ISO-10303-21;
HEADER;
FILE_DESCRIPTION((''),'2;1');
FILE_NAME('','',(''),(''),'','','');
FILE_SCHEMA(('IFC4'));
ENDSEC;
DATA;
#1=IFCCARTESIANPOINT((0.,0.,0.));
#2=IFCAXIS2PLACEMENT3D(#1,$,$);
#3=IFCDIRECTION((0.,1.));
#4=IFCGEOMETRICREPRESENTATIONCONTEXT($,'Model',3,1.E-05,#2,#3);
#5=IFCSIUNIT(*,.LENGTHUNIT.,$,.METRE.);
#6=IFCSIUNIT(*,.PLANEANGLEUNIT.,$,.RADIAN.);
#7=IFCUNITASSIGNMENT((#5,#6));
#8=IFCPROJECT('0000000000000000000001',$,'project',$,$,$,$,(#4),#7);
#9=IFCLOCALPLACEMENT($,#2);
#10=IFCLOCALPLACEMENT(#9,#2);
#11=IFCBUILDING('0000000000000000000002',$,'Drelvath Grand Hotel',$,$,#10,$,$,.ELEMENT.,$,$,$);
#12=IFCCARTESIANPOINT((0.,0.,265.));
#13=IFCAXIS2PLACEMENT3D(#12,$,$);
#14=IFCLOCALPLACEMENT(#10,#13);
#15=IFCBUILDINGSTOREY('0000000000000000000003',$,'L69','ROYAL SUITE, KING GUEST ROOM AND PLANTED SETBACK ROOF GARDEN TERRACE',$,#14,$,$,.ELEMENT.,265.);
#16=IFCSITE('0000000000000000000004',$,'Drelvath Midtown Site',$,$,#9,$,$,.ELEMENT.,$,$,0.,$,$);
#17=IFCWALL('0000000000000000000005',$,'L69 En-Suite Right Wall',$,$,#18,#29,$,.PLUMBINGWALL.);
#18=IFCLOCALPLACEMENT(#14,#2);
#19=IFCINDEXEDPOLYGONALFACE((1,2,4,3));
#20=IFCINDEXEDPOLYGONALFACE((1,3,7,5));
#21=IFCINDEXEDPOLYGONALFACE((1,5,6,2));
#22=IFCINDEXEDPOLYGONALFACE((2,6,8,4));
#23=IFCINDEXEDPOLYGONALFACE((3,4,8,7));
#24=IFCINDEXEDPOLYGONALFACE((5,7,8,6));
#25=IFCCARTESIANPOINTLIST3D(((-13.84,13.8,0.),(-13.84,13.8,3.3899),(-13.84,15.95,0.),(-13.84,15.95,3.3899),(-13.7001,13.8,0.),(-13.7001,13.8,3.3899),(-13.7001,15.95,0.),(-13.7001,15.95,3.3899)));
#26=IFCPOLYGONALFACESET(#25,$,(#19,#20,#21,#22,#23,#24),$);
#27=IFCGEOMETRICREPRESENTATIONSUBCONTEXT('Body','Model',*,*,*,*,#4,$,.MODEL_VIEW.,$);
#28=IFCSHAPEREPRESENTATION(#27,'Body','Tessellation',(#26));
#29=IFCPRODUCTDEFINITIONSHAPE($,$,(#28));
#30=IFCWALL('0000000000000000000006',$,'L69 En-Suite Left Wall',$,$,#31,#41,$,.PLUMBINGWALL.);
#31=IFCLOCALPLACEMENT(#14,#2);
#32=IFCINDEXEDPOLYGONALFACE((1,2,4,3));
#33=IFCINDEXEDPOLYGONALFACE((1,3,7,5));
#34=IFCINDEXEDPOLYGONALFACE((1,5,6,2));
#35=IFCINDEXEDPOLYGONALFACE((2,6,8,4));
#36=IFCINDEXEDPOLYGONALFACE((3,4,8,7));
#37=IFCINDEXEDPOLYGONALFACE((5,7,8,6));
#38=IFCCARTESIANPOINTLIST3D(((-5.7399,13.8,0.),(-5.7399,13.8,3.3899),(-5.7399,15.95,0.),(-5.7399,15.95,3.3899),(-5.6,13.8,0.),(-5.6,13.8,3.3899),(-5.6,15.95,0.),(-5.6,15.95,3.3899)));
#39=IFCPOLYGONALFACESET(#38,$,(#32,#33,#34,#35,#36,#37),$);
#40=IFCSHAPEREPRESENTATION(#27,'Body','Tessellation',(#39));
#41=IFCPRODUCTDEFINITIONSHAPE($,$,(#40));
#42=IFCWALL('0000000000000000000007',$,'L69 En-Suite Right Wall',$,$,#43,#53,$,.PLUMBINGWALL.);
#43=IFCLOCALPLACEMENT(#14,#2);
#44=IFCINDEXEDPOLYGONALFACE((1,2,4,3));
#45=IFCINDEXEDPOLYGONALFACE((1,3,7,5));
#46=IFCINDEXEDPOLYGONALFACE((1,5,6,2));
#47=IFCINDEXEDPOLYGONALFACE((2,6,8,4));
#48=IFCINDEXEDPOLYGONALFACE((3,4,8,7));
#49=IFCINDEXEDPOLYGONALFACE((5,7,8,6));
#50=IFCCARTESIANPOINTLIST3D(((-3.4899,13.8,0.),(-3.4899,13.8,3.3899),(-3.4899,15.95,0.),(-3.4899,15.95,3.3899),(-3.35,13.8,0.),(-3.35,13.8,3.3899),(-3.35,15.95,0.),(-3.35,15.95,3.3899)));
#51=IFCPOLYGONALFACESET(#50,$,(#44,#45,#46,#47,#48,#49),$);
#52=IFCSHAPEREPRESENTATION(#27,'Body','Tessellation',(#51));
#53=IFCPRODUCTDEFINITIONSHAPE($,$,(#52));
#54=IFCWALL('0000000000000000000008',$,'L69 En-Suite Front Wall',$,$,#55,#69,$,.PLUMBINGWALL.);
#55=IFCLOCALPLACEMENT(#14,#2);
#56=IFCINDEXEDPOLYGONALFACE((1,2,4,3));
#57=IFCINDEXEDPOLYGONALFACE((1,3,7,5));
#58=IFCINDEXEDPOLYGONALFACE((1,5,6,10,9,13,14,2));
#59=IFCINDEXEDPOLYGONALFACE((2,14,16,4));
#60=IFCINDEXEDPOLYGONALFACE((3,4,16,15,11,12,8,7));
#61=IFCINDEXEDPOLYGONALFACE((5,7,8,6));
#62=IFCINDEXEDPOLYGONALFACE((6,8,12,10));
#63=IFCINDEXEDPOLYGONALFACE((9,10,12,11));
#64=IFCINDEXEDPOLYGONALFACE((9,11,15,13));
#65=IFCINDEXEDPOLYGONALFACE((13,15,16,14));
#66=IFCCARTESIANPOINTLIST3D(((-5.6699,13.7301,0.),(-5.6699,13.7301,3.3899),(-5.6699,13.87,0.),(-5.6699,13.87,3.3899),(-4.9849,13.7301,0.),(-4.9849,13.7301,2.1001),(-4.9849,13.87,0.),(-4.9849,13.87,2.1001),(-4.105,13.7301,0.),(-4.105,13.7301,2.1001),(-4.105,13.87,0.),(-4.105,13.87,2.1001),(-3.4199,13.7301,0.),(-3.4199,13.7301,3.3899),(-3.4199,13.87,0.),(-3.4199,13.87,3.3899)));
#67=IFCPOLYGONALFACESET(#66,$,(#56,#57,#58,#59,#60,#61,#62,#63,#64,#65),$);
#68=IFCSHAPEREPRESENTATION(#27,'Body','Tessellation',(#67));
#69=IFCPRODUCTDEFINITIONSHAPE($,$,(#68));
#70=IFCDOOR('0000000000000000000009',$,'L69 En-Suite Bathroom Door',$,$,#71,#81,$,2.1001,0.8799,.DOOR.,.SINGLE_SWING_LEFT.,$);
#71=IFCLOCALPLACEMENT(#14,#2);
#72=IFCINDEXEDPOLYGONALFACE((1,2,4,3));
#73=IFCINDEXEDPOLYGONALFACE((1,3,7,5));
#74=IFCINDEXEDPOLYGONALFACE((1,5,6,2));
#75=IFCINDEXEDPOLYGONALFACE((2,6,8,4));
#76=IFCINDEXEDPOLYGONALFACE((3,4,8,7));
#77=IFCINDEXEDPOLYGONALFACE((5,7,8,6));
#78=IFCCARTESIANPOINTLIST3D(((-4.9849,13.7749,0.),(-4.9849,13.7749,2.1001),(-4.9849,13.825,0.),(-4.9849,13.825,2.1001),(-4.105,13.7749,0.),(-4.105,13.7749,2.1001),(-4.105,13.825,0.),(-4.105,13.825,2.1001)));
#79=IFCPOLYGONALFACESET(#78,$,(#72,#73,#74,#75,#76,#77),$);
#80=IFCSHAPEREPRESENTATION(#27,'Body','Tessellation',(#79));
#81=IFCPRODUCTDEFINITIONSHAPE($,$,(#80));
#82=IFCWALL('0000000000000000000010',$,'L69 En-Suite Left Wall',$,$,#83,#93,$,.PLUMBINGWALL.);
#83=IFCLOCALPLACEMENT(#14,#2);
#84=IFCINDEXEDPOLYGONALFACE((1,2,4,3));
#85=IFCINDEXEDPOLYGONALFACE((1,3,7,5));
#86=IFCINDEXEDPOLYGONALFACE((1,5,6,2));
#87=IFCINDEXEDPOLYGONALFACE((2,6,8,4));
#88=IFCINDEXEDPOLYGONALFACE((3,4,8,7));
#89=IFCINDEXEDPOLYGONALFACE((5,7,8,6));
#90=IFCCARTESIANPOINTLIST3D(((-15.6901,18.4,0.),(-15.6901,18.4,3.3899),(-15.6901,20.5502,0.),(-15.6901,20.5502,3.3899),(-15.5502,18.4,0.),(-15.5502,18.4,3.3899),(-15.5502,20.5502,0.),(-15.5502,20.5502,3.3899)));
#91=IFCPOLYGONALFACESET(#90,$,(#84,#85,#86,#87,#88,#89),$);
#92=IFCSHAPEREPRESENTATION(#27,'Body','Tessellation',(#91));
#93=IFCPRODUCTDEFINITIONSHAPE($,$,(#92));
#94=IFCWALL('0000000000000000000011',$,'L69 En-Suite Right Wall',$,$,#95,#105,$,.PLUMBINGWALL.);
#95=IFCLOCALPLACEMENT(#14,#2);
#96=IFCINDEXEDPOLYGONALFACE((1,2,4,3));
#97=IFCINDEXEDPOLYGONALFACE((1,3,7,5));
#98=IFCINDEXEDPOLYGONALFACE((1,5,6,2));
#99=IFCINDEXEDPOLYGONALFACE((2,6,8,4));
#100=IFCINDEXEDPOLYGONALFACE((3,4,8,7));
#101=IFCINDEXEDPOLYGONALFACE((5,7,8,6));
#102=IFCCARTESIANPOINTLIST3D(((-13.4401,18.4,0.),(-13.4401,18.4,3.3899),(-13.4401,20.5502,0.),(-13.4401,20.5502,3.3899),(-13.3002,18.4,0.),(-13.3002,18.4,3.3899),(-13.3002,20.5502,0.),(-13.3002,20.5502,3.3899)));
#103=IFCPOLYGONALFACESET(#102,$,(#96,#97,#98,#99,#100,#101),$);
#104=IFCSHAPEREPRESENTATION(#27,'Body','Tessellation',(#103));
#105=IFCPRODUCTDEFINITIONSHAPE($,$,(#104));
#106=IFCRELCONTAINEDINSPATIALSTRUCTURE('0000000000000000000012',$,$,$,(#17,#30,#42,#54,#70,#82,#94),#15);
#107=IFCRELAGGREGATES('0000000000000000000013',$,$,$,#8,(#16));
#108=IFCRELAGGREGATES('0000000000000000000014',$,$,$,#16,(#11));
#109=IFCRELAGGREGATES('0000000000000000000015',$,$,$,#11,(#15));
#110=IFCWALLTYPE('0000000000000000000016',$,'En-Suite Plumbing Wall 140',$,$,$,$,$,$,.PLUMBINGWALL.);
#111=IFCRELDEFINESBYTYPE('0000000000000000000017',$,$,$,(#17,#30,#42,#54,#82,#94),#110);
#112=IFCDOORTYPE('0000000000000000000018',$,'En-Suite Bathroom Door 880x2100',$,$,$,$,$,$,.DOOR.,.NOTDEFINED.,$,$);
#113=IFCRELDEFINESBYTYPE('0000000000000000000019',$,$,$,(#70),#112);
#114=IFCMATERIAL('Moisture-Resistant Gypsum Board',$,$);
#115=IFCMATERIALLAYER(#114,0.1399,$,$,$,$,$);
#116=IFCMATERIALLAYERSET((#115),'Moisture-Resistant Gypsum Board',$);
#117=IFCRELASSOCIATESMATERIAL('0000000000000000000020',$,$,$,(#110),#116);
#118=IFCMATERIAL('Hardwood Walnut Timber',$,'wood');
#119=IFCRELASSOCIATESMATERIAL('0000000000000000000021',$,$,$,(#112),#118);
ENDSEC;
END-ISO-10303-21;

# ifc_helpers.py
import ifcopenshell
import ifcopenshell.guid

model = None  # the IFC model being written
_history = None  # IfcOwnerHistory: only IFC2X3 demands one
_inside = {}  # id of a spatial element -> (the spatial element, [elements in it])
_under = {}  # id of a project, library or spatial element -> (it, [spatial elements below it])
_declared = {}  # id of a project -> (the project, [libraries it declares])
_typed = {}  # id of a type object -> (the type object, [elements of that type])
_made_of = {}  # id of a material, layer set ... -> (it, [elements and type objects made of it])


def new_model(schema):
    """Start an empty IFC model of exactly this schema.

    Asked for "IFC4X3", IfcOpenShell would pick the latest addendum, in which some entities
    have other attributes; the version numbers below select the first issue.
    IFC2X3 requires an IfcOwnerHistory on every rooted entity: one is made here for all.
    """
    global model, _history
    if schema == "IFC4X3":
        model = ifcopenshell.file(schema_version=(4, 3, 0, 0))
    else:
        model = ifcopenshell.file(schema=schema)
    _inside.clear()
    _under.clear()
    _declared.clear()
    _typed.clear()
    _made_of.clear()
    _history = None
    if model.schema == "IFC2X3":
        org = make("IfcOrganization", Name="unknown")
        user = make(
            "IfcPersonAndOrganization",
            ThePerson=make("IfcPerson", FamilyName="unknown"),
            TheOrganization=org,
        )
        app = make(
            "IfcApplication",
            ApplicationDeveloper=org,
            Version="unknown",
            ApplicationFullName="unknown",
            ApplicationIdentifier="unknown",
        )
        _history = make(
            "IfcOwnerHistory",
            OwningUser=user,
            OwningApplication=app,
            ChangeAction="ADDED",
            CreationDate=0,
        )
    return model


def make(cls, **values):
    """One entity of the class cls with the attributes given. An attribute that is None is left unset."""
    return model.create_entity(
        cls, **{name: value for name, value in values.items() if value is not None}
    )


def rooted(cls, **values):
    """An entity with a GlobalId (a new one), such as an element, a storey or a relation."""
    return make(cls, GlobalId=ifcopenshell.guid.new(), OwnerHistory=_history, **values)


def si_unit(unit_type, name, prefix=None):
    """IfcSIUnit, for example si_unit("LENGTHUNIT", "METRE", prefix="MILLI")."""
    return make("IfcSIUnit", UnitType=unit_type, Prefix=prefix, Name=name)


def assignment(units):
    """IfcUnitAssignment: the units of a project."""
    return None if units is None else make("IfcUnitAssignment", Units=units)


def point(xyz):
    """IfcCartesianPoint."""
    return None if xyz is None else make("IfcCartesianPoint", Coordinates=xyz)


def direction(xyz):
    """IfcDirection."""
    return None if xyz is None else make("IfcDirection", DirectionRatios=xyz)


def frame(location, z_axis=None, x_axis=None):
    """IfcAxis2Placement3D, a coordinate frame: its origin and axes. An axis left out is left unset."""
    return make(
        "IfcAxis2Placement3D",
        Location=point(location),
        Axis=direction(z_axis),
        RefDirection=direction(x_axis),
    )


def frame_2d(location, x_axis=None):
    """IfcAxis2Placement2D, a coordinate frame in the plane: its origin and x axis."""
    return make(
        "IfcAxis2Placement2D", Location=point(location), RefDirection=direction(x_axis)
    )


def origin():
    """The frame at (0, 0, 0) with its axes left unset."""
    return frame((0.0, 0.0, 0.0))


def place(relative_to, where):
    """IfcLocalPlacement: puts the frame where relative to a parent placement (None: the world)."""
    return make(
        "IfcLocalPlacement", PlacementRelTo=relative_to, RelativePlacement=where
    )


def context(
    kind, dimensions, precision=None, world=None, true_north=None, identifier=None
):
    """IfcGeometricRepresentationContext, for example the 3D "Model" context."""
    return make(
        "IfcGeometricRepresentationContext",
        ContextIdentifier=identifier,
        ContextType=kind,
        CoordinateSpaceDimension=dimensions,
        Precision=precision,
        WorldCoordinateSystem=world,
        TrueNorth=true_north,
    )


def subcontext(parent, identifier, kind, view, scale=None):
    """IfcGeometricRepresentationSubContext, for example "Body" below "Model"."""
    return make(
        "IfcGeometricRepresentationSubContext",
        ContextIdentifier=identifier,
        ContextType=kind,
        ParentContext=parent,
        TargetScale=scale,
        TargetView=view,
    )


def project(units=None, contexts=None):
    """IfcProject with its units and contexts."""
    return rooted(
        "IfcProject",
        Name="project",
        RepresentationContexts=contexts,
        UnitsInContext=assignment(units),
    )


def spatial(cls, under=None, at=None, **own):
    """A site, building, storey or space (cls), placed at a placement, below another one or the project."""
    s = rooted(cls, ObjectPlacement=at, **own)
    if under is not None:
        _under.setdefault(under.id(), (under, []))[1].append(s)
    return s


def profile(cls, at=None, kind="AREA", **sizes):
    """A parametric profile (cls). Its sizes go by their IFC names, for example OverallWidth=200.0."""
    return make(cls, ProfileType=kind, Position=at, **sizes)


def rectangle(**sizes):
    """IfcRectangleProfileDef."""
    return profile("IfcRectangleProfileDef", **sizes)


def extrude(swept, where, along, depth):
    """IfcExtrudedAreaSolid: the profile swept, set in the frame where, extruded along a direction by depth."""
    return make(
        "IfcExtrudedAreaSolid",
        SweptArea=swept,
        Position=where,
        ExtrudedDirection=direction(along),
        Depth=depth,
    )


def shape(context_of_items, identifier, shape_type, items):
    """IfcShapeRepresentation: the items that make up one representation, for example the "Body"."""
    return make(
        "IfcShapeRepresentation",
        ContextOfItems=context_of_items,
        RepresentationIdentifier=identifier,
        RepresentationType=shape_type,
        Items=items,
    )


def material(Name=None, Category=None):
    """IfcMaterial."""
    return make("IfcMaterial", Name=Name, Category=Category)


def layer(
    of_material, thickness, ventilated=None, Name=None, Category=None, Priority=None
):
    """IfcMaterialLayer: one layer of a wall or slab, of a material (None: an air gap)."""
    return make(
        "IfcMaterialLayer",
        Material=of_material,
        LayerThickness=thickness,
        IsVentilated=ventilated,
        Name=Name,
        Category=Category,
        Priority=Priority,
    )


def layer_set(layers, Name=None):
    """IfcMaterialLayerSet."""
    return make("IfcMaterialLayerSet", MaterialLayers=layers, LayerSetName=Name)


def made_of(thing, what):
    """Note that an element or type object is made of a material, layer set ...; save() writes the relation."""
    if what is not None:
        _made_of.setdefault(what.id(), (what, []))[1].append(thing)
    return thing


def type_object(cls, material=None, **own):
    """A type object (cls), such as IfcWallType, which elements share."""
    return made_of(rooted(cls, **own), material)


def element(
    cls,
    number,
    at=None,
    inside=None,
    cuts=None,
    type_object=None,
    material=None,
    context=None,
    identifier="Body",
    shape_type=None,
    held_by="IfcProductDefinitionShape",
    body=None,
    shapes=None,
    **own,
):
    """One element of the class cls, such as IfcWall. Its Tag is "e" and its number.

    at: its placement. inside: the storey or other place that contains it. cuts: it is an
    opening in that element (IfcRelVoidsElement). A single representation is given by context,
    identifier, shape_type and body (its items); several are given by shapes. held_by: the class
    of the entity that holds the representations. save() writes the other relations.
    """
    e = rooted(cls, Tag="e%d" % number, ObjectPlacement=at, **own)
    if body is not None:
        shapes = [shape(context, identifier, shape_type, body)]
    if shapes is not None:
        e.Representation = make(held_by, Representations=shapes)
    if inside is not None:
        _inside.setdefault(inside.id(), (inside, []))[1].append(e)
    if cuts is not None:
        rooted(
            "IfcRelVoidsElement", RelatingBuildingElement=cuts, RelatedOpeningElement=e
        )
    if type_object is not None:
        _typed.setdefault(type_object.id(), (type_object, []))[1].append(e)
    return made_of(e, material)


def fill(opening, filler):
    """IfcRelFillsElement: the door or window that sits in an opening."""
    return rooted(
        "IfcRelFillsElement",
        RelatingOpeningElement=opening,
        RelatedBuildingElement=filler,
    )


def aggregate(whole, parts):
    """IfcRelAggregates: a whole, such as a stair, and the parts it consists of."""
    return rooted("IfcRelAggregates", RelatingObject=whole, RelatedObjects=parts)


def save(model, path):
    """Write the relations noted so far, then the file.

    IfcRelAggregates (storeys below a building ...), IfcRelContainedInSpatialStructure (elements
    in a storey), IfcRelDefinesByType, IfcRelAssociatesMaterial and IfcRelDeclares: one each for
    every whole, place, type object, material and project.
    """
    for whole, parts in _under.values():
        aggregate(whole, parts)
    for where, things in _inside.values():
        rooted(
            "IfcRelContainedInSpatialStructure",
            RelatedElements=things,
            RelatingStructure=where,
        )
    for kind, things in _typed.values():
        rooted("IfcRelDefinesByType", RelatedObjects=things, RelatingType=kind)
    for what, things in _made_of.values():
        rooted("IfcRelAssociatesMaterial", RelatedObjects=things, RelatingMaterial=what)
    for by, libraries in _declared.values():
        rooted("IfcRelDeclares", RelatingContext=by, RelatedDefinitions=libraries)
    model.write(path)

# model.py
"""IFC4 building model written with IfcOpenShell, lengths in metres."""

from ifc_helpers import new_model, si_unit, direction, frame, frame_2d, origin, place, context, subcontext, project, spatial, rectangle, extrude, material, layer, layer_set, type_object, element, fill, save


model = new_model("IFC4")

# Units and contexts
model_context = context("Model", 3, precision=1e-05, world=origin(), true_north=direction((0.0, 1.0)))
body_context = subcontext(model_context, "Body", "Model", "MODEL_VIEW")
ifc_project = project(units=[si_unit("LENGTHUNIT", "METRE"), si_unit("PLANEANGLEUNIT", "RADIAN")], contexts=[model_context])

# Site, building, storey
site_placement = place(None, origin())
site = spatial("IfcSite", under=ifc_project, at=site_placement, Name="Drelvath Midtown Site", CompositionType="ELEMENT", RefElevation=0.0)
building_placement = place(site_placement, origin())
building = spatial("IfcBuilding", under=site, at=building_placement, Name="Drelvath Grand Hotel", CompositionType="ELEMENT")
storey_placement = place(building_placement, frame((0.0, 0.0, 265.0)))
storey = spatial("IfcBuildingStorey", under=building, at=storey_placement, Name="L69", Description="ROYAL SUITE, KING GUEST ROOM AND PLANTED SETBACK ROOF GARDEN TERRACE", CompositionType="ELEMENT", Elevation=265.0)

# Shared definitions
ifc_material_1 = material(Name="Hardwood Walnut Timber", Category="wood")

# Walls
ifc_material_2 = material(Name="Moisture-Resistant Gypsum Board")
ifc_layer_1 = layer(ifc_material_2, 0.1399)
ifc_layer_set_1 = layer_set([ifc_layer_1], Name="Moisture-Resistant Gypsum Board")
wall_type_1 = type_object("IfcWallType", Name="En-Suite Plumbing Wall 140", PredefinedType="PLUMBINGWALL", material=ifc_layer_set_1)
for number, where, z_axis, x_axis, name in (
    (1, (-13.77, 15.95, 0.0), (0.0, 0.0, 1.0), (0.0, -1.0, 0.0), "L69 En-Suite Right Wall"),
    (2, (-5.6699, 15.95, 0.0), (0.0, 0.0, 1.0), (0.0, -1.0, 0.0), "L69 En-Suite Left Wall"),
    (3, (-3.4199, 15.95, 0.0), (0.0, 0.0, 1.0), (0.0, -1.0, 0.0), "L69 En-Suite Right Wall"),
):
    element("IfcWall", number, at=place(storey_placement, frame(where, z_axis=z_axis, x_axis=x_axis)), inside=storey, type_object=wall_type_1, Name=name, PredefinedType="PLUMBINGWALL", context=body_context, shape_type="SweptSolid", body=[
        extrude(rectangle(XDim=2.1499, YDim=0.1399, at=frame_2d((1.075, 0.0))), origin(), (0.0, 0.0, 1.0), 3.3899),
    ])

# Wall, opening, door
wall_1_placement = place(storey_placement, frame((-5.6699, 13.8, 0.0), z_axis=(0.0, 0.0, 1.0), x_axis=(1.0, 0.0, 0.0)))
wall_1 = element("IfcWall", 4, at=wall_1_placement, inside=storey, type_object=wall_type_1, Name="L69 En-Suite Front Wall", PredefinedType="PLUMBINGWALL", context=body_context, shape_type="SweptSolid", body=[
    extrude(rectangle(XDim=2.25, YDim=0.1399, at=frame_2d((1.125, 0.0))), origin(), (0.0, 0.0, 1.0), 3.3899),
])
opening_1_placement = place(wall_1_placement, frame((0.6851, 0.0, 0.0)))
opening_1 = element("IfcOpeningElement", 5, at=opening_1_placement, cuts=wall_1, PredefinedType="OPENING", context=body_context, shape_type="SweptSolid", body=[
    extrude(rectangle(XDim=0.8799, YDim=2.1001, at=frame_2d((0.4399, 1.05))), frame((0.0, 0.0798, 0.0), z_axis=(0.0, -1.0, 0.0), x_axis=(1.0, 0.0, 0.0)), (0.0, 0.0, 1.0), 0.1599),
])
door_type_1 = type_object("IfcDoorType", Name="En-Suite Bathroom Door 880x2100", OperationType="NOTDEFINED", PredefinedType="DOOR", material=ifc_material_1)
door_1_placement = place(opening_1_placement, origin())
door_1 = element("IfcDoor", 6, at=door_1_placement, inside=storey, type_object=door_type_1, Name="L69 En-Suite Bathroom Door", OperationType="SINGLE_SWING_LEFT", OverallHeight=2.1001, OverallWidth=0.8799, PredefinedType="DOOR", context=body_context, shape_type="SweptSolid", body=[
    extrude(rectangle(XDim=0.8799, YDim=2.1001, at=frame_2d((0.4399, 1.05))), frame((0.0, 0.0249, 0.0), z_axis=(0.0, -1.0, 0.0), x_axis=(1.0, 0.0, 0.0)), (0.0, 0.0, 1.0), 0.05),
])
fill(opening_1, door_1)

# Walls
for number, where, z_axis, x_axis, name in (
    (7, (-15.6201, 18.3999, 0.0), (0.0, 0.0, 1.0), (0.0, 1.0, 0.0), "L69 En-Suite Left Wall"),
    (8, (-13.3701, 18.3999, 0.0), (0.0, 0.0, 1.0), (0.0, 1.0, 0.0), "L69 En-Suite Right Wall"),
):
    element("IfcWall", number, at=place(storey_placement, frame(where, z_axis=z_axis, x_axis=x_axis)), inside=storey, type_object=wall_type_1, Name=name, PredefinedType="PLUMBINGWALL", context=body_context, shape_type="SweptSolid", body=[
        extrude(rectangle(XDim=2.1501, YDim=0.1399, at=frame_2d((1.0752, 0.0))), origin(), (0.0, 0.0, 1.0), 3.3899),
    ])

save(model, "model.ifc")
